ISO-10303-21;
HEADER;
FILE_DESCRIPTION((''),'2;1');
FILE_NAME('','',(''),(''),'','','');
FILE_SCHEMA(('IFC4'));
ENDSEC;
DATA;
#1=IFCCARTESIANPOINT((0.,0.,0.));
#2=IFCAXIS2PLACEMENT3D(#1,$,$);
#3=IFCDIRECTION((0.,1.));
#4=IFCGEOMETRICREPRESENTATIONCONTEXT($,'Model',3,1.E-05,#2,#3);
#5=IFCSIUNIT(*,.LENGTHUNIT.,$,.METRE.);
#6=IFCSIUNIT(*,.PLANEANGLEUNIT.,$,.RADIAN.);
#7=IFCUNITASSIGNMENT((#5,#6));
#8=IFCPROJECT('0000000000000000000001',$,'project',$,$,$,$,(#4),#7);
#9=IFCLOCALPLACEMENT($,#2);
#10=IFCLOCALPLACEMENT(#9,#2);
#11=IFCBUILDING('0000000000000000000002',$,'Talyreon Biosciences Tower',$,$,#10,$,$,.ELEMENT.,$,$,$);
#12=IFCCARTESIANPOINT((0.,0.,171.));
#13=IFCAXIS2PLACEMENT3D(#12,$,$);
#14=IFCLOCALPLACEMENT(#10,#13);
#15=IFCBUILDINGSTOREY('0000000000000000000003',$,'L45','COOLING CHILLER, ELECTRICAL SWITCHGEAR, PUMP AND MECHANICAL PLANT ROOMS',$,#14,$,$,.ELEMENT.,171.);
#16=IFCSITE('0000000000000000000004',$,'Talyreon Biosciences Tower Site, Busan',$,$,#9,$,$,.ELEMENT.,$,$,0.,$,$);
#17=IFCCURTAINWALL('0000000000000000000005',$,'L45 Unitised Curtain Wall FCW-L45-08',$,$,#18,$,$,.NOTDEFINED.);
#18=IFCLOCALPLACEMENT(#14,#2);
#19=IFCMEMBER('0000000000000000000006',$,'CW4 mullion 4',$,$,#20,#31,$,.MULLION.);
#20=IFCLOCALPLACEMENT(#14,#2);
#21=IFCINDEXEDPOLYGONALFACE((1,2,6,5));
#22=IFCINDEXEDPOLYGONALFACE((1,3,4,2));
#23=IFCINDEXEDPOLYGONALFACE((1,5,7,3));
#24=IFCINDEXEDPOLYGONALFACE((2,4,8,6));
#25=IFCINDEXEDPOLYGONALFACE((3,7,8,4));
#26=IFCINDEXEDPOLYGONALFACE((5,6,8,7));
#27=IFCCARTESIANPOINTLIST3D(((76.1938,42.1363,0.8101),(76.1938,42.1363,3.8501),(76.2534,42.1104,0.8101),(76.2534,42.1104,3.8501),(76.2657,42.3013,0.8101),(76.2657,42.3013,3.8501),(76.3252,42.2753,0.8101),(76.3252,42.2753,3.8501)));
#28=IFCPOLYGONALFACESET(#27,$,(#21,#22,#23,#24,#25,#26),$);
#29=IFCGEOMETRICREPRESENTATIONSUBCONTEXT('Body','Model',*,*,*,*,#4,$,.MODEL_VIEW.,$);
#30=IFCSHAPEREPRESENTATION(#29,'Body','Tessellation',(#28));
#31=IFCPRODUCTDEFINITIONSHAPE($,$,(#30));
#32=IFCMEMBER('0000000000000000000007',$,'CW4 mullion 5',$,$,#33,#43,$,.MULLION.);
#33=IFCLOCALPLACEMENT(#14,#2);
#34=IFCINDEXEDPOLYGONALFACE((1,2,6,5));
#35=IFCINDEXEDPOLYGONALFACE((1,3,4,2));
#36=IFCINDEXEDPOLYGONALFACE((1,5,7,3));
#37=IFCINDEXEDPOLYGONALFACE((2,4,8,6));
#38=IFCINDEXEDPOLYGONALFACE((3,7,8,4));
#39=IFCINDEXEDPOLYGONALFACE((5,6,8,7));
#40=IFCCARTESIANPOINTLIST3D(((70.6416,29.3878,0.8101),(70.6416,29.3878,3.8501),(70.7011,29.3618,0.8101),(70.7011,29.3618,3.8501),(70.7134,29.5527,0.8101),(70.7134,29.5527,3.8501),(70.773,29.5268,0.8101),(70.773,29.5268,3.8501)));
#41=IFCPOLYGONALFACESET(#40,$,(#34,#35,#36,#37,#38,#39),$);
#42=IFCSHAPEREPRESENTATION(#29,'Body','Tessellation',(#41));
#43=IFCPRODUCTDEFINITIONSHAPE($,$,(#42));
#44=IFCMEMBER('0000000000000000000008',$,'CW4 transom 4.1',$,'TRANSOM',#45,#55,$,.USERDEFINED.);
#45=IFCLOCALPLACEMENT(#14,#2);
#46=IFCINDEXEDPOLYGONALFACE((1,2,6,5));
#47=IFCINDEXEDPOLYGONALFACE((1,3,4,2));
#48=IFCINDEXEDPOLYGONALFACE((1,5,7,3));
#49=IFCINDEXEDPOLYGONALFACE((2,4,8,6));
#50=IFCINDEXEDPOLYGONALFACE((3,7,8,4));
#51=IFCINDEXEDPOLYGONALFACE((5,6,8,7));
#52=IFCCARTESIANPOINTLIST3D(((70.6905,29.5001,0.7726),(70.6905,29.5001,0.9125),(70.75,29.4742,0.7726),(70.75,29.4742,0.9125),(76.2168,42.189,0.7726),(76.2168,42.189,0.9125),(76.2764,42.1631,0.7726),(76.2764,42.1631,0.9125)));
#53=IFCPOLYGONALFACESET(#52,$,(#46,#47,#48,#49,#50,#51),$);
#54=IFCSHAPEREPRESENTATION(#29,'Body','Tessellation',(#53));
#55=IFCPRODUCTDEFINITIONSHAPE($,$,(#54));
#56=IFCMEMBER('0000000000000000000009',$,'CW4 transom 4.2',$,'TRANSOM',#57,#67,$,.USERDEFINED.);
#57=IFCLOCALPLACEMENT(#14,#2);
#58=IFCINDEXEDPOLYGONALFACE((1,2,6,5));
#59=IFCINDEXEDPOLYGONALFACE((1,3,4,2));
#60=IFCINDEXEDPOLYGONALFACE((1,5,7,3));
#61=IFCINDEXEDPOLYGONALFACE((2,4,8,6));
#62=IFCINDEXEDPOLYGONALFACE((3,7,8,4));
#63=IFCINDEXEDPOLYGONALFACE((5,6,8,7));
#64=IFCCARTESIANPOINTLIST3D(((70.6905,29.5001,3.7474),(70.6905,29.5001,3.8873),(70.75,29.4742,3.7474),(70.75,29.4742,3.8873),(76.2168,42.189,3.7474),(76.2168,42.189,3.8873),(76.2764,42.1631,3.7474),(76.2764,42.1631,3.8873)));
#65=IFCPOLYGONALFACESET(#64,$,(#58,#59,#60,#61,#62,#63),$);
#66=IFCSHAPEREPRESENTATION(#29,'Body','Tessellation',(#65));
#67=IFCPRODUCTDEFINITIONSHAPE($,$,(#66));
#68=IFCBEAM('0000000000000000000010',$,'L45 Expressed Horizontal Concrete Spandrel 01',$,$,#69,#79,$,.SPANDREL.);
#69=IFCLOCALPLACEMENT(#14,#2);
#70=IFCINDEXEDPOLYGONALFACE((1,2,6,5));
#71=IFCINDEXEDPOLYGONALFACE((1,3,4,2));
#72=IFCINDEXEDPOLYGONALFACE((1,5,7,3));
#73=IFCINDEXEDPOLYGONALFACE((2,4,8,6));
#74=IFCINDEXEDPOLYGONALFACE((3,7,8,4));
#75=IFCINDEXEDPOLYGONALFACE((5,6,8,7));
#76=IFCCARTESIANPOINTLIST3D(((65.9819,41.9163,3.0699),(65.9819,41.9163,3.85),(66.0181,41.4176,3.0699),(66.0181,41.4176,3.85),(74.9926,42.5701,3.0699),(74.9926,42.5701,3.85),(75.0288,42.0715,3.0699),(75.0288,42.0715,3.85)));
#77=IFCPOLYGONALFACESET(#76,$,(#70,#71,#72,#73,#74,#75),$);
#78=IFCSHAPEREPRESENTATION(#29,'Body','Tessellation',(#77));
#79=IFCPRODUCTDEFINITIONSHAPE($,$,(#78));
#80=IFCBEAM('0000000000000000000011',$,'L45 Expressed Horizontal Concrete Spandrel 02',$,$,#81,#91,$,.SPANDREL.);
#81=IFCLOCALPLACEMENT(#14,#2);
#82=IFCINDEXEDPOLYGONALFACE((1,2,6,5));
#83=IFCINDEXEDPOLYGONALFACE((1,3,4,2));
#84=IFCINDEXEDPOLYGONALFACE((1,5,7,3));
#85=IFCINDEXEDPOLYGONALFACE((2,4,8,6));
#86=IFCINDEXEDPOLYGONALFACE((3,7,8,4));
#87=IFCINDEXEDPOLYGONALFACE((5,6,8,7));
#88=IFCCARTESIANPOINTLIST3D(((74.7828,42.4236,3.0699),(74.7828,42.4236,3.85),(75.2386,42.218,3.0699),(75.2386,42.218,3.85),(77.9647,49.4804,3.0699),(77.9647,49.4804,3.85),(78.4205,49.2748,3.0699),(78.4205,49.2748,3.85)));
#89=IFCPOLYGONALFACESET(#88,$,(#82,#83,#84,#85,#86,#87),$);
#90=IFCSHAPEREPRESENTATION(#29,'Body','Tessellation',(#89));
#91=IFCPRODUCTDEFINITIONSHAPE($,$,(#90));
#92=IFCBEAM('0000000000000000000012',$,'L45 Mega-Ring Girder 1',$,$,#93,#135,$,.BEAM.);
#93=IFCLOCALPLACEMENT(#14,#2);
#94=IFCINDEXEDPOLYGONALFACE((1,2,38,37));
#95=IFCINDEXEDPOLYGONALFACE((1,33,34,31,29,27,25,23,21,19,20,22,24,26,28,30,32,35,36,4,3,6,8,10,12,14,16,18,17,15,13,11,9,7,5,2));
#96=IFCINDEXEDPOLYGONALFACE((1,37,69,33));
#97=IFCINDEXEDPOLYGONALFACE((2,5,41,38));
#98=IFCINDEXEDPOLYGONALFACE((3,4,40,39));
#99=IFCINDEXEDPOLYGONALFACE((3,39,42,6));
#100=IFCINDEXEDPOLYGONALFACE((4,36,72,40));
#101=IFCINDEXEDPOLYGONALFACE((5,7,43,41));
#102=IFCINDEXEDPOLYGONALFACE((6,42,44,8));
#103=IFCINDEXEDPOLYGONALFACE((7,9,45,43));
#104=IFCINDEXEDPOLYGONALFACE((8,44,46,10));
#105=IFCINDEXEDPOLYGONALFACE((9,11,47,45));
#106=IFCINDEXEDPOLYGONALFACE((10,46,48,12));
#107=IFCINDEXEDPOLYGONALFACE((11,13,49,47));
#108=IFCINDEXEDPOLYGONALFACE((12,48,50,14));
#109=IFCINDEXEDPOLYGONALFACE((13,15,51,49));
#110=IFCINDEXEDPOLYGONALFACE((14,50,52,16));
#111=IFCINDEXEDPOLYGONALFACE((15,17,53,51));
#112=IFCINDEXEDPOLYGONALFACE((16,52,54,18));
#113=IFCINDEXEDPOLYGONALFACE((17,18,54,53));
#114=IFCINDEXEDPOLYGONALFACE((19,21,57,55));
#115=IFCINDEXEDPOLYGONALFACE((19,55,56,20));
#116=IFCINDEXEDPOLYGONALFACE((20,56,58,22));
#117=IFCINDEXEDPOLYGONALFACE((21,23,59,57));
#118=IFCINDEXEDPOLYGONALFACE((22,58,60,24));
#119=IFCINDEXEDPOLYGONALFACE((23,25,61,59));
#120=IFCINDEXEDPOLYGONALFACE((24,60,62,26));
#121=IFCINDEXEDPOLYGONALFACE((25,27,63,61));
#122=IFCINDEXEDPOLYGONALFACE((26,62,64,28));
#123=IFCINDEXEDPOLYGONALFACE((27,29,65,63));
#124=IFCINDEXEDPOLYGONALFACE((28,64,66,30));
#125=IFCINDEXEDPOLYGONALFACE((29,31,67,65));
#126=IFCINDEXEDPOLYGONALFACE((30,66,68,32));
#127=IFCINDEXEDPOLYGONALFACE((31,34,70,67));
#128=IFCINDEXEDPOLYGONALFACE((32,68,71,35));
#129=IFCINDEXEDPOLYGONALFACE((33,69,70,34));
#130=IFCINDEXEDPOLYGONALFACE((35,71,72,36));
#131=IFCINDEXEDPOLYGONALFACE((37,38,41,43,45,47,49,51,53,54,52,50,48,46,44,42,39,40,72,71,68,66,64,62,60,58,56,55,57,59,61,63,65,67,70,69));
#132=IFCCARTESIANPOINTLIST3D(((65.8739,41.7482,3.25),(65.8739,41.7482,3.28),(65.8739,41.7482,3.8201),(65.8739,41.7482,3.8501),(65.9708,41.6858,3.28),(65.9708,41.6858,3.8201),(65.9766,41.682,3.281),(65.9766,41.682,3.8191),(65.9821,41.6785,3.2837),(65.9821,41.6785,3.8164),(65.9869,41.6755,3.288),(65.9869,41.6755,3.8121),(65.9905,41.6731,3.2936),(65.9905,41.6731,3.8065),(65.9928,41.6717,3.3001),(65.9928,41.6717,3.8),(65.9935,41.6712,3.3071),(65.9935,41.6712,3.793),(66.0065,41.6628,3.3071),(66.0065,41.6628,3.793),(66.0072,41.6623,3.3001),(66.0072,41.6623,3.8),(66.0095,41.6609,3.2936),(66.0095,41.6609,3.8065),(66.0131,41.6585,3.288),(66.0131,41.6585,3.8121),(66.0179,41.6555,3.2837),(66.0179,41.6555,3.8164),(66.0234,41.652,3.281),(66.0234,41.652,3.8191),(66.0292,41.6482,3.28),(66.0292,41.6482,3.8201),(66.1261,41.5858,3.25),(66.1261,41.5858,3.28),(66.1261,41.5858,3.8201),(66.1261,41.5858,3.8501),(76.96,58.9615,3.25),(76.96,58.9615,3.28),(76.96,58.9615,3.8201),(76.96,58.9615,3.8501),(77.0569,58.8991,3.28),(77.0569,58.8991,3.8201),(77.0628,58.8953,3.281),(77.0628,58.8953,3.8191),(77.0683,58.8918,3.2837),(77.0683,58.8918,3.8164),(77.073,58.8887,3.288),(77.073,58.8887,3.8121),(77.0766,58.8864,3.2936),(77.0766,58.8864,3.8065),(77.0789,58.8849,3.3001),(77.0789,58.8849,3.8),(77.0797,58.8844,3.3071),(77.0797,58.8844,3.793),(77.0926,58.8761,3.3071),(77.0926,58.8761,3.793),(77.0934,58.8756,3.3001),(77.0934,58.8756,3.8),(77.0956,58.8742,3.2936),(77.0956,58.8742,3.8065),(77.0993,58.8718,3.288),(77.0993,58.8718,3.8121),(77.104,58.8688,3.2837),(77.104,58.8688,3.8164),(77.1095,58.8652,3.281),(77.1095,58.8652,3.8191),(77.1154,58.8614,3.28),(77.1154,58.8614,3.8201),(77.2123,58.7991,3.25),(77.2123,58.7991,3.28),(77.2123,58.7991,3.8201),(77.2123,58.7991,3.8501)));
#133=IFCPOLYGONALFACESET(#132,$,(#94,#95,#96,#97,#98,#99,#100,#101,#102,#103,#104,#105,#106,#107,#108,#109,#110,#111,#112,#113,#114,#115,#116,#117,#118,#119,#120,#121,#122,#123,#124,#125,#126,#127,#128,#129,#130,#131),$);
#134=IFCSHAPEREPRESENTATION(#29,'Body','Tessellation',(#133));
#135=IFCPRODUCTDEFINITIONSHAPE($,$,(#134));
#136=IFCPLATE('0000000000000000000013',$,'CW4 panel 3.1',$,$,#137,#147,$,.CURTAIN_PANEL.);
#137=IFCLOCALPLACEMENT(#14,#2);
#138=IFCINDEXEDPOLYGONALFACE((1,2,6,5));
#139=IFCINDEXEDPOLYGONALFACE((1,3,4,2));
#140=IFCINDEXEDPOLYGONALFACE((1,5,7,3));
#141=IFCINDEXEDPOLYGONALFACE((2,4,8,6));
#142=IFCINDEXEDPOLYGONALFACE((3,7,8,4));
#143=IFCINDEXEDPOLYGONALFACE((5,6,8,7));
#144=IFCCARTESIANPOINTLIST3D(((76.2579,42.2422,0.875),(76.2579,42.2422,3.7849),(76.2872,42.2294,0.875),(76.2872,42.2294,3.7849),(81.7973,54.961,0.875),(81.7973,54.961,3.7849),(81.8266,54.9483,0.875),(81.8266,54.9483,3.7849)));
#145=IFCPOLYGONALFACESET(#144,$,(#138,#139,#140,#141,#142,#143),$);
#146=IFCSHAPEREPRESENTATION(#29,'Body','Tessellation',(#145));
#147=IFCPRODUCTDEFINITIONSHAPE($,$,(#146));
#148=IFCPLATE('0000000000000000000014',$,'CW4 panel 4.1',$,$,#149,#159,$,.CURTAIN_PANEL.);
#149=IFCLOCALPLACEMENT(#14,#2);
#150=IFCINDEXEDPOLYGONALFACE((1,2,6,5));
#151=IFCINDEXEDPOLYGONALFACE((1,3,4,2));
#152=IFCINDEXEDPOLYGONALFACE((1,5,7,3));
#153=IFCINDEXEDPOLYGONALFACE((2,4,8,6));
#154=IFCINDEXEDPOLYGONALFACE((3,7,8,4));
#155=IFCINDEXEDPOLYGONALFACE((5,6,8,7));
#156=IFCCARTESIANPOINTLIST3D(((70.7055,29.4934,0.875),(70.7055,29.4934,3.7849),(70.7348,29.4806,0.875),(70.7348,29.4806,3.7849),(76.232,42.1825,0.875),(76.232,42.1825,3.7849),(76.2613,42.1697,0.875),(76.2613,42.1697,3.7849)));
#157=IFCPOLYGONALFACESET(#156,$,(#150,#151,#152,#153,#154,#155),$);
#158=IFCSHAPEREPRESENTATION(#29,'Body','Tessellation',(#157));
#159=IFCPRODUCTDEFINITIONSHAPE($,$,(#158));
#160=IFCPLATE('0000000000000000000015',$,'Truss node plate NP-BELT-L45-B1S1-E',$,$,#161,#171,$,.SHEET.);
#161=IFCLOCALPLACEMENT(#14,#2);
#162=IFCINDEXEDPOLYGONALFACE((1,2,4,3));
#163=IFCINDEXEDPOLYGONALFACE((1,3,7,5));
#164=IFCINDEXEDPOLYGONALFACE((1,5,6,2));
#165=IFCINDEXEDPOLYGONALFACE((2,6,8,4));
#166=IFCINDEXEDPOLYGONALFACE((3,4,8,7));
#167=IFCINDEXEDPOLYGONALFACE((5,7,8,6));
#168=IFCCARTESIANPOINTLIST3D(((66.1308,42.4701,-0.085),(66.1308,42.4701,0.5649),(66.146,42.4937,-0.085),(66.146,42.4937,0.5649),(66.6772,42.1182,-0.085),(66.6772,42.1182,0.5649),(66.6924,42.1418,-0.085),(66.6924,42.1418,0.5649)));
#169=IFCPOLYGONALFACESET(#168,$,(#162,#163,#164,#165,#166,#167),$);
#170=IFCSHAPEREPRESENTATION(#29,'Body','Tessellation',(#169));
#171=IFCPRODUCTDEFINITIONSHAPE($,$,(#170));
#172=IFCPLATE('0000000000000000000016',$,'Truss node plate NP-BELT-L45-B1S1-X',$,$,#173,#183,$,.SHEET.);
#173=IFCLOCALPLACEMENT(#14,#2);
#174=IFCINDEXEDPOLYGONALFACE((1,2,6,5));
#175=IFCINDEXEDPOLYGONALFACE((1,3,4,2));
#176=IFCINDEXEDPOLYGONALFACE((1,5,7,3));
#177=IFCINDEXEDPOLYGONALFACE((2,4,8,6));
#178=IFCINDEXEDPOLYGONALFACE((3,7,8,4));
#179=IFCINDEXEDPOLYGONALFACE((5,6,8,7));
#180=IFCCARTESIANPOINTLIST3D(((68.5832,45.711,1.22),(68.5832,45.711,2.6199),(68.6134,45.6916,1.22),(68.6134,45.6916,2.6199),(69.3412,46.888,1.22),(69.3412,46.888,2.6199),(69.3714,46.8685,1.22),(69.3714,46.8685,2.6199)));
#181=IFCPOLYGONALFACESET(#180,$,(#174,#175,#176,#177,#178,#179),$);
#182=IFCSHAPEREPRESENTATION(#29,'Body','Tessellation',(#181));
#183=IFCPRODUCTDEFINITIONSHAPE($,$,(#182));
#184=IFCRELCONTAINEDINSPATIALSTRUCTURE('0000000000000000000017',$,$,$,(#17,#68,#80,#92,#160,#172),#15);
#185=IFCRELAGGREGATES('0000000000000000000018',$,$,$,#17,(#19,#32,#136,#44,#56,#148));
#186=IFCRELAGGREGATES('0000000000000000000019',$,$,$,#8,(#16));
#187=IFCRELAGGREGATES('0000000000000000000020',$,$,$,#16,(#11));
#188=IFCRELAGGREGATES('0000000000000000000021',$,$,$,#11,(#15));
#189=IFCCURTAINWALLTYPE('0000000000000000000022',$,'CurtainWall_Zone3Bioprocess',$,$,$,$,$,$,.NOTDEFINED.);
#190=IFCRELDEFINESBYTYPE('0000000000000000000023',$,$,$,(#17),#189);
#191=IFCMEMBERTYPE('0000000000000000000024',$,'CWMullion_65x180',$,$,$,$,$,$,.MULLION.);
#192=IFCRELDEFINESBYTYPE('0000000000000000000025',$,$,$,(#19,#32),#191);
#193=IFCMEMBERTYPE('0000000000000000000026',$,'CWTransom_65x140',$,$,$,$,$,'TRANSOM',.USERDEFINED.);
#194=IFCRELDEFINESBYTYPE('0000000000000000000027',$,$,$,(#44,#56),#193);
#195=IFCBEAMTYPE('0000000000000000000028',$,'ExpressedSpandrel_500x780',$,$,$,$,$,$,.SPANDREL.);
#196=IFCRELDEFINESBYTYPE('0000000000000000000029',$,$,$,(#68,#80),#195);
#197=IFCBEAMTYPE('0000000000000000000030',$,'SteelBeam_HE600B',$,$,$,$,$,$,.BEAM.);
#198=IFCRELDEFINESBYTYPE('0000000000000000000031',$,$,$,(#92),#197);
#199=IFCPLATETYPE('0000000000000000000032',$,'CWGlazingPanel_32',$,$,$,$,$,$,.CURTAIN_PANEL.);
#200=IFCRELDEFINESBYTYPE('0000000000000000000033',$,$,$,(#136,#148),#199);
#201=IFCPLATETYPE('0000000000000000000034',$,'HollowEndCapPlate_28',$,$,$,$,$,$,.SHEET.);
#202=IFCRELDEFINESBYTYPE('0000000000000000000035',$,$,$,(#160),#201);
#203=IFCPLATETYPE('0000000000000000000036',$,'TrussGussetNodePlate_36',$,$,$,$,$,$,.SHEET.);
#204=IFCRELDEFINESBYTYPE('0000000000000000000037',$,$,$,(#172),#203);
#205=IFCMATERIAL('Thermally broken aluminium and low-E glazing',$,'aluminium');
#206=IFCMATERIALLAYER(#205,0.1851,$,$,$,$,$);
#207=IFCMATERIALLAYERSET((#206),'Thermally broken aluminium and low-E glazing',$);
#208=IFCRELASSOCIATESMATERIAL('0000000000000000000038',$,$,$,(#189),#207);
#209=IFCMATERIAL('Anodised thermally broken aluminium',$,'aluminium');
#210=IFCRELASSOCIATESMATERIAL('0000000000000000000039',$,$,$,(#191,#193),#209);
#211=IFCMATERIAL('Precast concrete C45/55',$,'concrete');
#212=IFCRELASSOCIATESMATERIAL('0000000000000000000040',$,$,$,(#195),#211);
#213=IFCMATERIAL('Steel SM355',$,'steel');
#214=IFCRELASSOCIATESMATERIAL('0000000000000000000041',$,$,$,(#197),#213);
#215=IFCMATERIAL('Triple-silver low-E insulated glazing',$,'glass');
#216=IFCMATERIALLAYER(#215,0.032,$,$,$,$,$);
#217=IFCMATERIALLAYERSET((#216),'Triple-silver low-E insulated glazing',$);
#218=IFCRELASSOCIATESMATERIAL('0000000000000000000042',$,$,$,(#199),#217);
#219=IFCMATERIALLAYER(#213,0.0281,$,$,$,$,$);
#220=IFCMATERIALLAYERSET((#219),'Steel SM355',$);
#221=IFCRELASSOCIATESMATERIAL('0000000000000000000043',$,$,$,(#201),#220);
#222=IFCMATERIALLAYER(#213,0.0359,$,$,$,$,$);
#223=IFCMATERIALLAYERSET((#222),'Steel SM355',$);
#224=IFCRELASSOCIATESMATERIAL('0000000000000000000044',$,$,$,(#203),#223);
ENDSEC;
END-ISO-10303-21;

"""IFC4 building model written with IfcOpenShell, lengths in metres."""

from ifc_helpers import new_model, si_unit, direction, frame, origin, origin_2d, place, context, subcontext, project, spatial, rectangle, i_section, extrude, material, layer, layer_set, material_profile, profile_set, type_object, element, aggregate, save


model = new_model("IFC4")

# Units and contexts
model_context = context("Model", 3, precision=1e-05, world=origin(), true_north=direction((0.0, 1.0)))
body_context = subcontext(model_context, "Body", "Model", "MODEL_VIEW")
ifc_project = project(units=[si_unit("LENGTHUNIT", "METRE"), si_unit("PLANEANGLEUNIT", "RADIAN")], contexts=[model_context])

# Site, building, storey
site_placement = place(None, origin())
site = spatial("IfcSite", under=ifc_project, at=site_placement, Name="Talyreon Biosciences Tower Site, Busan", CompositionType="ELEMENT", RefElevation=0.0)
building_placement = place(site_placement, origin())
building = spatial("IfcBuilding", under=site, at=building_placement, Name="Talyreon Biosciences Tower", CompositionType="ELEMENT")
storey_placement = place(building_placement, frame((0.0, 0.0, 171.0)))
storey = spatial("IfcBuildingStorey", under=building, at=storey_placement, Name="L45", Description="COOLING CHILLER, ELECTRICAL SWITCHGEAR, PUMP AND MECHANICAL PLANT ROOMS", CompositionType="ELEMENT", Elevation=171.0)

# Shared definitions
ifc_material_1 = material(Name="Precast concrete C45/55", Category="concrete")

# Shared definitions
ifc_material_2 = material(Name="Steel SM355", Category="steel")

# Curtain wall, members
ifc_material_3 = material(Name="Thermally broken aluminium and low-E glazing", Category="aluminium")
ifc_layer_1 = layer(ifc_material_3, 0.1851)
ifc_layer_set_1 = layer_set([ifc_layer_1], Name="Thermally broken aluminium and low-E glazing")
curtain_wall_type = type_object("IfcCurtainWallType", Name="CurtainWall_Zone3Bioprocess", PredefinedType="NOTDEFINED", material=ifc_layer_set_1)
curtain_wall_placement = place(storey_placement, origin())
curtain_wall = element("IfcCurtainWall", 1, at=curtain_wall_placement, inside=storey, type_object=curtain_wall_type, Name="L45 Unitised Curtain Wall FCW-L45-08", PredefinedType="NOTDEFINED")
ifc_material_4 = material(Name="Anodised thermally broken aluminium", Category="aluminium")
ifc_material_profile_1 = material_profile(ifc_material_4, rectangle(XDim=0.0649, YDim=0.1799, at=origin_2d()), Name="ALUM MULLION 65x180")
ifc_profile_set_1 = profile_set([ifc_material_profile_1], Name="Anodised thermally broken aluminium")
member_type_1 = type_object("IfcMemberType", Name="CWMullion_65x180", PredefinedType="MULLION", material=ifc_profile_set_1)
member_1_placement = place(storey_placement, frame((76.2595, 42.2058, 0.8101), z_axis=(0.0, 0.0, 1.0), x_axis=(0.91682, -0.3993, 0.0)))
member_1 = element("IfcMember", 2, at=member_1_placement, type_object=member_type_1, Name="CW4 mullion 4", PredefinedType="MULLION", context=body_context, shape_type="SweptSolid", body=[
    extrude(rectangle(XDim=0.0649, YDim=0.1799, at=origin_2d()), origin(), (0.0, 0.0, 1.0), 3.04),
])
member_2_placement = place(storey_placement, frame((70.7073, 29.4573, 0.8101), z_axis=(0.0, 0.0, 1.0), x_axis=(0.91682, -0.3993, 0.0)))
member_2 = element("IfcMember", 3, at=member_2_placement, type_object=member_type_1, Name="CW4 mullion 5", PredefinedType="MULLION", context=body_context, shape_type="SweptSolid", body=[
    extrude(rectangle(XDim=0.0649, YDim=0.1799, at=origin_2d()), origin(), (0.0, 0.0, 1.0), 3.04),
])
ifc_material_profile_2 = material_profile(ifc_material_4, rectangle(XDim=0.0649, YDim=0.1399, at=origin_2d()), Name="ALUM TRANSOM 65x140")
ifc_profile_set_2 = profile_set([ifc_material_profile_2], Name="Anodised thermally broken aluminium")
member_type_2 = type_object("IfcMemberType", Name="CWTransom_65x140", ElementType="TRANSOM", PredefinedType="USERDEFINED", material=ifc_profile_set_2)
member_3_placement = place(storey_placement, frame((76.2466, 42.176, 0.8425), z_axis=(-0.399299, -0.916821, 0.0), x_axis=(0.916821, -0.399299, 0.0)))
member_3 = element("IfcMember", 4, at=member_3_placement, type_object=member_type_2, Name="CW4 transom 4.1", ObjectType="TRANSOM", PredefinedType="USERDEFINED", context=body_context, shape_type="SweptSolid", body=[
    extrude(rectangle(XDim=0.0649, YDim=0.1399, at=origin_2d()), origin(), (0.0, 0.0, 1.0), 13.8401),
])
member_4_placement = place(storey_placement, frame((76.2466, 42.176, 3.8174), z_axis=(-0.399299, -0.916821, 0.0), x_axis=(0.916821, -0.399299, 0.0)))
member_4 = element("IfcMember", 5, at=member_4_placement, type_object=member_type_2, Name="CW4 transom 4.2", ObjectType="TRANSOM", PredefinedType="USERDEFINED", context=body_context, shape_type="SweptSolid", body=[
    extrude(rectangle(XDim=0.0649, YDim=0.1399, at=origin_2d()), origin(), (0.0, 0.0, 1.0), 13.8401),
])

# Beams
ifc_material_profile_3 = material_profile(ifc_material_1, rectangle(XDim=0.5, YDim=0.78, at=origin_2d()), Name="RCB 500x780")
ifc_profile_set_3 = profile_set([ifc_material_profile_3], Name="Precast concrete C45/55")
beam_type_1 = type_object("IfcBeamType", Name="ExpressedSpandrel_500x780", PredefinedType="SPANDREL", material=ifc_profile_set_3)
beam_1_placement = place(storey_placement, frame((66.0, 41.667, 3.46), z_axis=(0.997378, 0.072369, 0.0), x_axis=(-0.072369, 0.997378, 0.0)))
element("IfcBeam", 6, at=beam_1_placement, inside=storey, type_object=beam_type_1, Name="L45 Expressed Horizontal Concrete Spandrel 01", PredefinedType="SPANDREL", context=body_context, shape_type="SweptSolid", body=[
    extrude(rectangle(XDim=0.5, YDim=0.78, at=origin_2d()), origin(), (0.0, 0.0, 1.0), 9.0344),
])
beam_2_placement = place(storey_placement, frame((75.0107, 42.3208, 3.46), z_axis=(0.41104, 0.911617, 0.0), x_axis=(-0.911617, 0.41104, 0.0)))
element("IfcBeam", 7, at=beam_2_placement, inside=storey, type_object=beam_type_1, Name="L45 Expressed Horizontal Concrete Spandrel 02", PredefinedType="SPANDREL", context=body_context, shape_type="SweptSolid", body=[
    extrude(rectangle(XDim=0.5, YDim=0.78, at=origin_2d()), origin(), (0.0, 0.0, 1.0), 7.741),
])
ifc_material_profile_4 = material_profile(ifc_material_2, i_section(OverallWidth=0.3, OverallDepth=0.6001, WebThickness=0.0154, FlangeThickness=0.03, FilletRadius=0.0271, at=origin_2d()), Name="HE600B")
ifc_profile_set_4 = profile_set([ifc_material_profile_4], Name="Steel SM355")
beam_type_2 = type_object("IfcBeamType", Name="SteelBeam_HE600B", PredefinedType="BEAM", material=ifc_profile_set_4)
beam_3_placement = place(storey_placement, frame((66.0, 41.667, 3.55), z_axis=(0.541464, 0.840724, 0.0), x_axis=(-0.840724, 0.541464, 0.0)))
element("IfcBeam", 8, at=beam_3_placement, inside=storey, type_object=beam_type_2, Name="L45 Mega-Ring Girder 1", PredefinedType="BEAM", context=body_context, shape_type="SweptSolid", body=[
    extrude(i_section(OverallWidth=0.3, OverallDepth=0.6001, WebThickness=0.0154, FlangeThickness=0.03, FilletRadius=0.0271, at=origin_2d()), origin(), (0.0, 0.0, 1.0), 20.4744),
])

# Plates
ifc_material_5 = material(Name="Triple-silver low-E insulated glazing", Category="glass")
ifc_layer_2 = layer(ifc_material_5, 0.032)
ifc_layer_set_2 = layer_set([ifc_layer_2], Name="Triple-silver low-E insulated glazing")
plate_type_1 = type_object("IfcPlateType", Name="CWGlazingPanel_32", PredefinedType="CURTAIN_PANEL", material=ifc_layer_set_2)
plate_1_placement = place(storey_placement, frame((79.0422, 48.5952, 0.875), z_axis=(0.0, 0.0, 1.0), x_axis=(-0.3993, -0.91682, 0.0)))
plate_1 = element("IfcPlate", 9, at=plate_1_placement, type_object=plate_type_1, Name="CW4 panel 3.1", PredefinedType="CURTAIN_PANEL", context=body_context, shape_type="SweptSolid", body=[
    extrude(rectangle(XDim=13.8728, YDim=0.032, at=origin_2d()), origin(), (0.0, 0.0, 1.0), 2.9099),
])
plate_2_placement = place(storey_placement, frame((73.4834, 35.8315, 0.875), z_axis=(0.0, 0.0, 1.0), x_axis=(-0.3993, -0.91682, 0.0)))
plate_2 = element("IfcPlate", 10, at=plate_2_placement, type_object=plate_type_1, Name="CW4 panel 4.1", PredefinedType="CURTAIN_PANEL", context=body_context, shape_type="SweptSolid", body=[
    extrude(rectangle(XDim=13.8403, YDim=0.032, at=origin_2d()), origin(), (0.0, 0.0, 1.0), 2.9099),
])
aggregate(curtain_wall, [member_1, member_2, plate_1, member_3, member_4, plate_2])

# Plates
ifc_layer_3 = layer(ifc_material_2, 0.0281)
ifc_layer_set_3 = layer_set([ifc_layer_3], Name="Steel SM355")
plate_type_2 = type_object("IfcPlateType", Name="HollowEndCapPlate_28", PredefinedType="SHEET", material=ifc_layer_set_3)
plate_3_placement = place(storey_placement, frame((66.4116, 42.3059, -0.085), z_axis=(0.0, 0.0, 1.0), x_axis=(-0.840727, 0.541459, 0.0)))
element("IfcPlate", 11, at=plate_3_placement, inside=storey, type_object=plate_type_2, Name="Truss node plate NP-BELT-L45-B1S1-E", PredefinedType="SHEET", context=body_context, shape_type="SweptSolid", body=[
    extrude(rectangle(XDim=0.6499, YDim=0.0281, at=origin_2d()), origin(), (0.0, 0.0, 1.0), 0.6499),
])
ifc_layer_4 = layer(ifc_material_2, 0.0359)
ifc_layer_set_4 = layer_set([ifc_layer_4], Name="Steel SM355")
plate_type_3 = type_object("IfcPlateType", Name="TrussGussetNodePlate_36", PredefinedType="SHEET", material=ifc_layer_set_4)
plate_4_placement = place(storey_placement, frame((68.9773, 46.2898, 1.22), z_axis=(0.0, 0.0, 1.0), x_axis=(0.541459, 0.840727, 0.0)))
element("IfcPlate", 12, at=plate_4_placement, inside=storey, type_object=plate_type_3, Name="Truss node plate NP-BELT-L45-B1S1-X", PredefinedType="SHEET", context=body_context, shape_type="SweptSolid", body=[
    extrude(rectangle(XDim=1.3999, YDim=0.0359, at=origin_2d()), origin(), (0.0, 0.0, 1.0), 1.3999),
])

save(model, "model.ifc")
